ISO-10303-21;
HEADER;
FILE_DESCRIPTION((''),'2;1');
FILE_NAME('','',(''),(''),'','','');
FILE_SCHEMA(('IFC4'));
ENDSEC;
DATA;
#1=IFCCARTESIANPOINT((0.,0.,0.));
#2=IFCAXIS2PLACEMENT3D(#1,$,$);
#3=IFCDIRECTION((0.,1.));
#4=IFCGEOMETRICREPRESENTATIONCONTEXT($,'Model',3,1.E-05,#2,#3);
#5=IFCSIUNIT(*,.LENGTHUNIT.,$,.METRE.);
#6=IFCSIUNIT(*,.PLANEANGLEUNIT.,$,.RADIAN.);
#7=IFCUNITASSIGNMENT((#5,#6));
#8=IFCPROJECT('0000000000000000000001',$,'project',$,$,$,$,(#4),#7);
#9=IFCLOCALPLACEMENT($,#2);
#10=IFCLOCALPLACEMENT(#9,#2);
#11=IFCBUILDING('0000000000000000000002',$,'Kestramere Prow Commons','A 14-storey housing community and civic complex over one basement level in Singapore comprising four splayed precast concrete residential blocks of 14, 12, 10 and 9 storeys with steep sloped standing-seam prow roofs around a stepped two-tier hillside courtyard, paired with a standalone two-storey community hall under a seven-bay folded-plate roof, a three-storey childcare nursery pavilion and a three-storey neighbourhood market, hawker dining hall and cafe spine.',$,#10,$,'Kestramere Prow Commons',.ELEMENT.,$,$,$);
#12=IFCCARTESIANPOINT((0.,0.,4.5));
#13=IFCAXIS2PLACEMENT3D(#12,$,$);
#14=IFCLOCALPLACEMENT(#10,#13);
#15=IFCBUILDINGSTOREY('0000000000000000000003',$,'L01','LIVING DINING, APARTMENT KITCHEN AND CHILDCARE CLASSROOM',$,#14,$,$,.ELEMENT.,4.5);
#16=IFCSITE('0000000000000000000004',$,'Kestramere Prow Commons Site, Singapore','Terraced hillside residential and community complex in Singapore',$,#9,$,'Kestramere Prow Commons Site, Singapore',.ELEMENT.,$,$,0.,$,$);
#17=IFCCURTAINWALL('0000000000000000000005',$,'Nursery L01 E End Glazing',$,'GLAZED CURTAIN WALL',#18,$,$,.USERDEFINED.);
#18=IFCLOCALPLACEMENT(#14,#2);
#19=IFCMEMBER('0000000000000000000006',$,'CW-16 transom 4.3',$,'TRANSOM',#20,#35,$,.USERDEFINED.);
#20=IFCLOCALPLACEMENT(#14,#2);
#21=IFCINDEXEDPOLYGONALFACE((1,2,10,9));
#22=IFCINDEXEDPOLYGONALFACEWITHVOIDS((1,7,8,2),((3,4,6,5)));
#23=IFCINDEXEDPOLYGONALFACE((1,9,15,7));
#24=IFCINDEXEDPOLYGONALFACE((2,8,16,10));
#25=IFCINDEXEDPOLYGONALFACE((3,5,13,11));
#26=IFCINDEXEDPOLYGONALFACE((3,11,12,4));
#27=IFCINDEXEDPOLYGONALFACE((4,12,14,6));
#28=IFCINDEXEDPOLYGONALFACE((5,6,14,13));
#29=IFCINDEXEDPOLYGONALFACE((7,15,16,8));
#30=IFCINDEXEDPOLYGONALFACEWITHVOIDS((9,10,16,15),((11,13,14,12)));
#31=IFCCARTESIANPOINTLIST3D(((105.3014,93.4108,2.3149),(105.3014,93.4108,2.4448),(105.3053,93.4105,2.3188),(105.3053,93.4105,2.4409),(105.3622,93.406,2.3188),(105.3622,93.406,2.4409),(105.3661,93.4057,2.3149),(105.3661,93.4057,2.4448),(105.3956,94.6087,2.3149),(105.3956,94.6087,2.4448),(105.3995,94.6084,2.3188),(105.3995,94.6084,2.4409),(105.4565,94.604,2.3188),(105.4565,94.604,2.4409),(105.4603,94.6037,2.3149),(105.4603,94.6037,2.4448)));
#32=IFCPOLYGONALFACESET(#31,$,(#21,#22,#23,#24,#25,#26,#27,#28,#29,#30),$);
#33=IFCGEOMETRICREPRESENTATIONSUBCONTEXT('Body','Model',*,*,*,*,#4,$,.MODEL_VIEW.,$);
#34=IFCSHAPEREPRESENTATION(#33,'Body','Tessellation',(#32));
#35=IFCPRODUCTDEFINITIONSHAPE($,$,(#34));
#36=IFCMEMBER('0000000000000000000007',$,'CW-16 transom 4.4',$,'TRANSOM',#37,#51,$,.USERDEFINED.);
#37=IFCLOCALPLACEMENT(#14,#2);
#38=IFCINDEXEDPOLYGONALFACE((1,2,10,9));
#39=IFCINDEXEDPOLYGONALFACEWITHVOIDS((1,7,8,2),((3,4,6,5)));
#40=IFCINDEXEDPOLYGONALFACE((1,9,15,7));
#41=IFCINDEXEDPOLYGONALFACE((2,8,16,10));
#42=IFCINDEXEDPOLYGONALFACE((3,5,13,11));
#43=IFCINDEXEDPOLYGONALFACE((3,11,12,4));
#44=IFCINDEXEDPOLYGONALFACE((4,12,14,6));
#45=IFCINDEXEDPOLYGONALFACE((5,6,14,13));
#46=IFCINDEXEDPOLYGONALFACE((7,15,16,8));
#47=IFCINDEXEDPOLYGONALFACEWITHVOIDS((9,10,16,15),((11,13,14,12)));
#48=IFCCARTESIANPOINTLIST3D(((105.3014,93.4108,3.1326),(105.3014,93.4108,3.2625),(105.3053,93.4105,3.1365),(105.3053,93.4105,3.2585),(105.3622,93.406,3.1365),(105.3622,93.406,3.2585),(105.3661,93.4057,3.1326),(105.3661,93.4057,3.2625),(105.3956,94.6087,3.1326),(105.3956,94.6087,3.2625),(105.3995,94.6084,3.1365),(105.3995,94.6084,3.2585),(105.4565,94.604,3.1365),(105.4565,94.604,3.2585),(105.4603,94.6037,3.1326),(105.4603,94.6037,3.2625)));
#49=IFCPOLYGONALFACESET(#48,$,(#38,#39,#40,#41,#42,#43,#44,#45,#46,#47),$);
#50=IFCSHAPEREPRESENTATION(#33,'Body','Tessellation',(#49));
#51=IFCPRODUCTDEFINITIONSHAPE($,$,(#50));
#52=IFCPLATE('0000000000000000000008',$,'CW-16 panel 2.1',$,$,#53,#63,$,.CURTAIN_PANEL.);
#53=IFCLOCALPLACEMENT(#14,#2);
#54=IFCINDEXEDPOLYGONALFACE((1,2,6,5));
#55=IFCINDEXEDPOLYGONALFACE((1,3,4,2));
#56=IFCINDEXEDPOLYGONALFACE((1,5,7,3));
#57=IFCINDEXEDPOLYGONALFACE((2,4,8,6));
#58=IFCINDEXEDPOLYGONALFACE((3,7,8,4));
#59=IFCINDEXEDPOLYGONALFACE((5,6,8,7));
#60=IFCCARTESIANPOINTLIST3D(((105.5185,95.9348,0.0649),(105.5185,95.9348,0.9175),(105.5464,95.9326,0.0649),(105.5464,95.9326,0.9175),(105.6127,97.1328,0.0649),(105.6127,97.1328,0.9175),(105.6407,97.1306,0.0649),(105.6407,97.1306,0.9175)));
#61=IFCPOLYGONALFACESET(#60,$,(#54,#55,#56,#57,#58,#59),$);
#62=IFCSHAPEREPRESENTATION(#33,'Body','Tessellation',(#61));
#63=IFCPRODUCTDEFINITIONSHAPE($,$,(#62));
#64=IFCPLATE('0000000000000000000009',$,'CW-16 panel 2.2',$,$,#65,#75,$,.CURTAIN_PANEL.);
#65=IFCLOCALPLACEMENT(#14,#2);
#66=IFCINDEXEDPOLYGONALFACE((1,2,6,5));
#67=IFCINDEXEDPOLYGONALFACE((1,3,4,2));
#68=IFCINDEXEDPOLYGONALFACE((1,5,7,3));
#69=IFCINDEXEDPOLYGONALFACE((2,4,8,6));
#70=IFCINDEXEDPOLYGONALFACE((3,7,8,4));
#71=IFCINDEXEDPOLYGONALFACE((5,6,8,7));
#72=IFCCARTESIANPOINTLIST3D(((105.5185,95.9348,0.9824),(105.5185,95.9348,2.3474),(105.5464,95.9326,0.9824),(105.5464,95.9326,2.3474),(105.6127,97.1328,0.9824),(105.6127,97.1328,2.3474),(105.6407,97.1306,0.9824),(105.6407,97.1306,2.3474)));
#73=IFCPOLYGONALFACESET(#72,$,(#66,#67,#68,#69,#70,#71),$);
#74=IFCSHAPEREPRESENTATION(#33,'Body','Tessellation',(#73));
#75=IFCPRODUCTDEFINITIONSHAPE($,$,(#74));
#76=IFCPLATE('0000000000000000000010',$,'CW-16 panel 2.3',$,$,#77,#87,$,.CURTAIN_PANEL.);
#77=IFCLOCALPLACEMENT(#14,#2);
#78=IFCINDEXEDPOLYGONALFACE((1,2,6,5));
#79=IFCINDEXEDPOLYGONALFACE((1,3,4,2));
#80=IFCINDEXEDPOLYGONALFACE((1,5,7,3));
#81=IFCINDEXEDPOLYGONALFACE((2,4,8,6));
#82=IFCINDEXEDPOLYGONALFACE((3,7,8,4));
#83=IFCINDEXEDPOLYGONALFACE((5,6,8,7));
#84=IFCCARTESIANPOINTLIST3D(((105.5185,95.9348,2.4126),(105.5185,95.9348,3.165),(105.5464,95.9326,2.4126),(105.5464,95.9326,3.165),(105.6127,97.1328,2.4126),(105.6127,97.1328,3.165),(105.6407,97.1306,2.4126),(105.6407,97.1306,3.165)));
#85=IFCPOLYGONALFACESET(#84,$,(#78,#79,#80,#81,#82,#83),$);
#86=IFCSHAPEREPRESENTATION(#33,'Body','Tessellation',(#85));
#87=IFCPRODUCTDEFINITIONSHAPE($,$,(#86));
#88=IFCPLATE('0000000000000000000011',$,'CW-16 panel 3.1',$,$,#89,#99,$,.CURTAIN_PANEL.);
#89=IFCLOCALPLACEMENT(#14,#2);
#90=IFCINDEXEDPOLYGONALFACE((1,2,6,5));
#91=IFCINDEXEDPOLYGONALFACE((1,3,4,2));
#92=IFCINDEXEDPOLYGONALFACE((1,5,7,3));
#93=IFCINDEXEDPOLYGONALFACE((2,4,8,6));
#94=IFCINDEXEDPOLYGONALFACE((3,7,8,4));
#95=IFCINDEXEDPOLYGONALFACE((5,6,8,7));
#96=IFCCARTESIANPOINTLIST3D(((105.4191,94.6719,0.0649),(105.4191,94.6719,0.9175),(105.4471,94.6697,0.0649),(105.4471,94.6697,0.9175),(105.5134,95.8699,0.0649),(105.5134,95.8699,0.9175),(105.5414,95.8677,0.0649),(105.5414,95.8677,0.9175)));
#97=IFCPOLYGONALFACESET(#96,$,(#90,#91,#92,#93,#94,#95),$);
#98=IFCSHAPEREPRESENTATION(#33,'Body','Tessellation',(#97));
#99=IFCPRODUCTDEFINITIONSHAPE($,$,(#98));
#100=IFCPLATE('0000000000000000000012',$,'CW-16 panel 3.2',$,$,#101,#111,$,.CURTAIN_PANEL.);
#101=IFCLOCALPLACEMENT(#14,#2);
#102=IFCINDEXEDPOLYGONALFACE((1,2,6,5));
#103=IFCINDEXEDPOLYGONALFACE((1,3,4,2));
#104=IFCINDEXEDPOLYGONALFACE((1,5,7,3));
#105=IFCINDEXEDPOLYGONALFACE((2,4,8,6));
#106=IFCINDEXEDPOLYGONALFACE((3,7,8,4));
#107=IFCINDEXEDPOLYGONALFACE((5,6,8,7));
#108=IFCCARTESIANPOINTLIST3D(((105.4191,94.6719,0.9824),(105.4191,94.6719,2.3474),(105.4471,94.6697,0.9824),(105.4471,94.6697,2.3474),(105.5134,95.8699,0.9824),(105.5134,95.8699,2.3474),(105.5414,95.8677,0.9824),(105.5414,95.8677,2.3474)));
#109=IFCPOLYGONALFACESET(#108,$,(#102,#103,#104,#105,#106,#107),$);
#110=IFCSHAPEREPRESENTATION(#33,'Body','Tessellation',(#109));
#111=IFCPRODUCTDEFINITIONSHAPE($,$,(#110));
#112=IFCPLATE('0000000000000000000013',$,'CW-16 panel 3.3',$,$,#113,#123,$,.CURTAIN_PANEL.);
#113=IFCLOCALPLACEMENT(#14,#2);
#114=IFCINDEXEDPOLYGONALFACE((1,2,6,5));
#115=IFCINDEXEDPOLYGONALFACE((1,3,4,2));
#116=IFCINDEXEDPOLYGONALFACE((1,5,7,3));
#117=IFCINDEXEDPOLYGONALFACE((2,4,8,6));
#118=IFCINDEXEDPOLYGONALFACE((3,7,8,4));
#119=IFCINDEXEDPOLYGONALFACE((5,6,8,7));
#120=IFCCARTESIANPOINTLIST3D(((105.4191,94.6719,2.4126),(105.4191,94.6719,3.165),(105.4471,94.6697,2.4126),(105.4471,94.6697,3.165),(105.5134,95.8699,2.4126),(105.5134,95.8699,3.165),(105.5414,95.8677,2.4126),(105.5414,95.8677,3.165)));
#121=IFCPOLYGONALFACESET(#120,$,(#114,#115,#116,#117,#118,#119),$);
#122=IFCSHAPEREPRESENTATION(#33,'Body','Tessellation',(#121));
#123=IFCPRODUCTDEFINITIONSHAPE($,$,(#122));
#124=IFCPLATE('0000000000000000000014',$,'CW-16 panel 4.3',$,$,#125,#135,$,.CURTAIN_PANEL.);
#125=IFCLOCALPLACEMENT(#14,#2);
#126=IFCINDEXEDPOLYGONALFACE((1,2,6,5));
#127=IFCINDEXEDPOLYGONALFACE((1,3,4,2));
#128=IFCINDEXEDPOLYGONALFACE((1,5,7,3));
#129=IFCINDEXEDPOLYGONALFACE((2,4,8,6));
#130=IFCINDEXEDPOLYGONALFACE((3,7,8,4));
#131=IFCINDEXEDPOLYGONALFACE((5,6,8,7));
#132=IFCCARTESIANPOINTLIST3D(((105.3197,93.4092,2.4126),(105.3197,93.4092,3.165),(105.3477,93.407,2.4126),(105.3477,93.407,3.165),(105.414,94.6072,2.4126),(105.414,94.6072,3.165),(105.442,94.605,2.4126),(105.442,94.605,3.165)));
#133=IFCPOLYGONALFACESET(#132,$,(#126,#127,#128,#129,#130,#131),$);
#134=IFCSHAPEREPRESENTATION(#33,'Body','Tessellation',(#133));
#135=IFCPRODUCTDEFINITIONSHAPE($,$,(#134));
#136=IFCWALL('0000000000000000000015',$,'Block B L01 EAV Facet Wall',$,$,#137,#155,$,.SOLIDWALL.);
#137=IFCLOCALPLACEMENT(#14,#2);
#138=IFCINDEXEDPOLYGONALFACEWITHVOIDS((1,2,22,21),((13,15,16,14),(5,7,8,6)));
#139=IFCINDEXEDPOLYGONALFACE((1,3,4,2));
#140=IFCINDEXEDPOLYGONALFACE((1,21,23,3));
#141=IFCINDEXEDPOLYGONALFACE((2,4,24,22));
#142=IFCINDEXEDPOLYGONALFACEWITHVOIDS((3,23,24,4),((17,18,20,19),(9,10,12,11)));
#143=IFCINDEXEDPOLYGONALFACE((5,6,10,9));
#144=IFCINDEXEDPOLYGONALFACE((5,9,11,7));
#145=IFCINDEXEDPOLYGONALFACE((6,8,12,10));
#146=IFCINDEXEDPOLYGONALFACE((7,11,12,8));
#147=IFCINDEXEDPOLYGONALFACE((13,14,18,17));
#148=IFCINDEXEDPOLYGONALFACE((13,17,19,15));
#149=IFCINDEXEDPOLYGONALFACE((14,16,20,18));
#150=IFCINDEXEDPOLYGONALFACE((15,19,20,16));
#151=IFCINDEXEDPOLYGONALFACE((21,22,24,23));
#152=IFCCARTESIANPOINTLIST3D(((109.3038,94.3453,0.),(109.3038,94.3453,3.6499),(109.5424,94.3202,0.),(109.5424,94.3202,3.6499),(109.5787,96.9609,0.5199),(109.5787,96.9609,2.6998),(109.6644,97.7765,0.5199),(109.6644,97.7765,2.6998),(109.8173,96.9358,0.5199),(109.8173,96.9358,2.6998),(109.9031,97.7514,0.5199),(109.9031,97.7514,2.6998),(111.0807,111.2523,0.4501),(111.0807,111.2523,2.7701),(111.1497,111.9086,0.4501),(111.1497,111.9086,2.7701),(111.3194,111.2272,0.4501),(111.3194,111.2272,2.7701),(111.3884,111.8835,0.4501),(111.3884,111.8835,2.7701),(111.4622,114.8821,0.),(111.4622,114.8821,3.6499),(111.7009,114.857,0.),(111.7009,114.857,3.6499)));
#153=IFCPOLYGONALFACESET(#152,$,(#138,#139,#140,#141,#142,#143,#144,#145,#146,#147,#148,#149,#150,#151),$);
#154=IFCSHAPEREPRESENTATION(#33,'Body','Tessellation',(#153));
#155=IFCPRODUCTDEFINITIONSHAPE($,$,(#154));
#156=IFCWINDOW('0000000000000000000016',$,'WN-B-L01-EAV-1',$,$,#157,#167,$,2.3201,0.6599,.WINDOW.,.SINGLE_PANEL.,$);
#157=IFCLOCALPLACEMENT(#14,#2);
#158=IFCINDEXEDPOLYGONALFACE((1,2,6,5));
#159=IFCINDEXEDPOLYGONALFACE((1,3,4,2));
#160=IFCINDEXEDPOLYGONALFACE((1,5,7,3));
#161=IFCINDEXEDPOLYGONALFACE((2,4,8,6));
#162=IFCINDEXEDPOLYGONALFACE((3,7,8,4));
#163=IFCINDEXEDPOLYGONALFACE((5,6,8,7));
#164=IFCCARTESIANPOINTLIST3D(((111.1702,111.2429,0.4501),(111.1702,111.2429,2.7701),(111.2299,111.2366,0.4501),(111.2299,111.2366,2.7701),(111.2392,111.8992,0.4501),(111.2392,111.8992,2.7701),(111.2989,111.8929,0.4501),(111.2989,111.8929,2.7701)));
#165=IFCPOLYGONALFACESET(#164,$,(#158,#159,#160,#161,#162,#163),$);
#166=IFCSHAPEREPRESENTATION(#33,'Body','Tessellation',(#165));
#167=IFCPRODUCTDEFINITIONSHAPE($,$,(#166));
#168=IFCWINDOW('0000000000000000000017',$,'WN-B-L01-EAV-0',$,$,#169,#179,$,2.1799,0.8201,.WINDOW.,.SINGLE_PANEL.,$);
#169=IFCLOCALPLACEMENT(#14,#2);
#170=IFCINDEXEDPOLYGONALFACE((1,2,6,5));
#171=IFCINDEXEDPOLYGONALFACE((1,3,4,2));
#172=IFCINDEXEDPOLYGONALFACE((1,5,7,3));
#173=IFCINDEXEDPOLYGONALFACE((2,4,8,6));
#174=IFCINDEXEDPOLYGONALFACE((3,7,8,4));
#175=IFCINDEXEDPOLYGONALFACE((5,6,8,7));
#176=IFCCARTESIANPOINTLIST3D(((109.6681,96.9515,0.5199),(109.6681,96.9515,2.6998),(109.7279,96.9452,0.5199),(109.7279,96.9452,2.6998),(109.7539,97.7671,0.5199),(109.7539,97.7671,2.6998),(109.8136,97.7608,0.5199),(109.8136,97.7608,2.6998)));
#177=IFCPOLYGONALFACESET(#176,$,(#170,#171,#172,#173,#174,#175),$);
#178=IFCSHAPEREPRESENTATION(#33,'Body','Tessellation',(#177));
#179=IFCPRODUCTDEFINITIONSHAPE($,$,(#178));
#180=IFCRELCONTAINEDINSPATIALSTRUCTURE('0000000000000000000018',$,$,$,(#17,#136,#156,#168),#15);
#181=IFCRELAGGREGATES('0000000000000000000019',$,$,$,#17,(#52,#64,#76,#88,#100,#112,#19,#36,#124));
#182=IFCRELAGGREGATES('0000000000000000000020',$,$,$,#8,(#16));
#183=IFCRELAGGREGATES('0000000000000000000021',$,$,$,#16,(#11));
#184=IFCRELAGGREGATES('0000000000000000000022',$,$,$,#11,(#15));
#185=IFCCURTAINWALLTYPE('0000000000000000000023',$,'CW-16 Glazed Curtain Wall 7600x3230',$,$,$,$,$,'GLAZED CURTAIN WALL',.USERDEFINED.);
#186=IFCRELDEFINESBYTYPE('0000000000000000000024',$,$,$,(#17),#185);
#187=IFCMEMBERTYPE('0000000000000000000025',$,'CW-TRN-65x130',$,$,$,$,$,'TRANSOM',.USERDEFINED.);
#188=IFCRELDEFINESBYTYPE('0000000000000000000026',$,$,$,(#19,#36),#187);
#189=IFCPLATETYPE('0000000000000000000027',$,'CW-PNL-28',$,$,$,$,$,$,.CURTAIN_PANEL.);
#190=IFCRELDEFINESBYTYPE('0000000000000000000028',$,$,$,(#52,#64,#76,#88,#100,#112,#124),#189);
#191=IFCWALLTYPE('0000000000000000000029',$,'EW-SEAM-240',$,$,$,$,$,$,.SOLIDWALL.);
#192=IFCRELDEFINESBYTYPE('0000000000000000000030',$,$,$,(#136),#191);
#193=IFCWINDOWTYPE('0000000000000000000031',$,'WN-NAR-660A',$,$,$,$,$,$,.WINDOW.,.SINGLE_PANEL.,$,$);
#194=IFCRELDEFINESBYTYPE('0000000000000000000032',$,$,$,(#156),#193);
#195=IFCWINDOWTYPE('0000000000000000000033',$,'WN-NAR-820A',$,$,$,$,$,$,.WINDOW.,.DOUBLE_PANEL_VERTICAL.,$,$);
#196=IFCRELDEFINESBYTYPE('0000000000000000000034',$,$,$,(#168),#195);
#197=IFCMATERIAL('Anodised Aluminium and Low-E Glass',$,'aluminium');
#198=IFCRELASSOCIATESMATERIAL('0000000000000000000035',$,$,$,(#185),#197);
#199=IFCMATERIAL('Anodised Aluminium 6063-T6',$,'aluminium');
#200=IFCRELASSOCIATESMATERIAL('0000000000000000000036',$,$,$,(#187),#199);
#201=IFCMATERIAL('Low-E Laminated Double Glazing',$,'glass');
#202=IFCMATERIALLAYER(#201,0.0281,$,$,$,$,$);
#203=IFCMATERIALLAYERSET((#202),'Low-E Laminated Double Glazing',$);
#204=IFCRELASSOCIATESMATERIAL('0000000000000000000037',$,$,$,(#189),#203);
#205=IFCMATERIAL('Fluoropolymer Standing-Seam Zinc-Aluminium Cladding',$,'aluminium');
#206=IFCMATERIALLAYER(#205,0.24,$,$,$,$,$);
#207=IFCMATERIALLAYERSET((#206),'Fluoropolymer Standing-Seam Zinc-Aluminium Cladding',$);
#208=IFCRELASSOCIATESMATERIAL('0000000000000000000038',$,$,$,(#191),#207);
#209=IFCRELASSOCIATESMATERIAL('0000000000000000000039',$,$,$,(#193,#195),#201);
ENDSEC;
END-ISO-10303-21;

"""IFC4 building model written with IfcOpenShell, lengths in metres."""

from ifc_helpers import new_model, si_unit, direction, frame, frame_2d, origin, origin_2d, place, context, subcontext, project, spatial, rectangle, hollow_rectangle, extrude, material, layer, layer_set, material_profile, profile_set, type_object, element, fill, aggregate, save


model = new_model("IFC4")

# Units and contexts
model_context = context("Model", 3, precision=1e-05, world=origin(), true_north=direction((0.0, 1.0)))
body_context = subcontext(model_context, "Body", "Model", "MODEL_VIEW")
ifc_project = project(units=[si_unit("LENGTHUNIT", "METRE"), si_unit("PLANEANGLEUNIT", "RADIAN")], contexts=[model_context])

# Site, building, storey
site_placement = place(None, origin())
site = spatial("IfcSite", under=ifc_project, at=site_placement, Name="Kestramere Prow Commons Site, Singapore", Description="Terraced hillside residential and community complex in Singapore", LongName="Kestramere Prow Commons Site, Singapore", CompositionType="ELEMENT", RefElevation=0.0)
building_placement = place(site_placement, origin())
building = spatial("IfcBuilding", under=site, at=building_placement, Name="Kestramere Prow Commons", Description="A 14-storey housing community and civic complex over one basement level in Singapore comprising four splayed precast concrete residential blocks of 14, 12, 10 and 9 storeys with steep sloped standing-seam prow roofs around a stepped two-tier hillside courtyard, paired with a standalone two-storey community hall under a seven-bay folded-plate roof, a three-storey childcare nursery pavilion and a three-storey neighbourhood market, hawker dining hall and cafe spine.", LongName="Kestramere Prow Commons", CompositionType="ELEMENT")
storey_placement = place(building_placement, frame((0.0, 0.0, 4.5)))
storey = spatial("IfcBuildingStorey", under=building, at=storey_placement, Name="L01", Description="LIVING DINING, APARTMENT KITCHEN AND CHILDCARE CLASSROOM", CompositionType="ELEMENT", Elevation=4.5)

# Curtain wall, members, plates
ifc_material_1 = material(Name="Anodised Aluminium and Low-E Glass", Category="aluminium")
curtain_wall_type = type_object("IfcCurtainWallType", Name="CW-16 Glazed Curtain Wall 7600x3230", ElementType="GLAZED CURTAIN WALL", PredefinedType="USERDEFINED", material=ifc_material_1)
curtain_wall_placement = place(storey_placement, origin())
curtain_wall = element("IfcCurtainWall", 1, at=curtain_wall_placement, inside=storey, type_object=curtain_wall_type, Name="Nursery L01 E End Glazing", ObjectType="GLAZED CURTAIN WALL", PredefinedType="USERDEFINED")
ifc_material_2 = material(Name="Anodised Aluminium 6063-T6", Category="aluminium")
ifc_material_profile_1 = material_profile(ifc_material_2, hollow_rectangle(XDim=0.0649, YDim=0.1299, WallThickness=0.0039, at=origin_2d()), Name="ALU-TRN 65x130")
ifc_profile_set_1 = profile_set([ifc_material_profile_1], Name="Anodised Aluminium 6063-T6")
member_type_1 = type_object("IfcMemberType", Name="CW-TRN-65x130", ElementType="TRANSOM", PredefinedType="USERDEFINED", material=ifc_profile_set_1)
member_1_placement = place(storey_placement, frame((105.428, 94.6062, 2.3799), z_axis=(-0.078421, -0.99692, 0.0), x_axis=(0.99692, -0.078421, 0.0)))
member_1 = element("IfcMember", 2, at=member_1_placement, type_object=member_type_1, Name="CW-16 transom 4.3", ObjectType="TRANSOM", PredefinedType="USERDEFINED", context=body_context, shape_type="SweptSolid", body=[
    extrude(hollow_rectangle(XDim=0.0649, YDim=0.1299, WallThickness=0.0039, at=origin_2d()), origin(), (0.0, 0.0, 1.0), 1.2017),
])
member_2_placement = place(storey_placement, frame((105.428, 94.6062, 3.1975), z_axis=(-0.078421, -0.99692, 0.0), x_axis=(0.99692, -0.078421, 0.0)))
member_2 = element("IfcMember", 3, at=member_2_placement, type_object=member_type_1, Name="CW-16 transom 4.4", ObjectType="TRANSOM", PredefinedType="USERDEFINED", context=body_context, shape_type="SweptSolid", body=[
    extrude(hollow_rectangle(XDim=0.0649, YDim=0.1299, WallThickness=0.0039, at=origin_2d()), origin(), (0.0, 0.0, 1.0), 1.2017),
])
ifc_material_3 = material(Name="Low-E Laminated Double Glazing", Category="glass")
ifc_layer_1 = layer(ifc_material_3, 0.0281)
ifc_layer_set_1 = layer_set([ifc_layer_1], Name="Low-E Laminated Double Glazing")
plate_type = type_object("IfcPlateType", Name="CW-PNL-28", PredefinedType="CURTAIN_PANEL", material=ifc_layer_set_1)
plate_1_placement = place(storey_placement, frame((105.5796, 96.5327, 0.0649), z_axis=(0.0, 0.0, 1.0), x_axis=(-0.078459, -0.996917, 0.0)))
plate_1 = element("IfcPlate", 4, at=plate_1_placement, type_object=plate_type, Name="CW-16 panel 2.1", PredefinedType="CURTAIN_PANEL", context=body_context, shape_type="SweptSolid", body=[
    extrude(rectangle(XDim=1.2017, YDim=0.0281, at=origin_2d()), origin(), (0.0, 0.0, 1.0), 0.8525),
])
plate_2_placement = place(storey_placement, frame((105.5796, 96.5327, 0.9824), z_axis=(0.0, 0.0, 1.0), x_axis=(-0.078459, -0.996917, 0.0)))
plate_2 = element("IfcPlate", 5, at=plate_2_placement, type_object=plate_type, Name="CW-16 panel 2.2", PredefinedType="CURTAIN_PANEL", context=body_context, shape_type="SweptSolid", body=[
    extrude(rectangle(XDim=1.2017, YDim=0.0281, at=origin_2d()), origin(), (0.0, 0.0, 1.0), 1.365),
])
plate_3_placement = place(storey_placement, frame((105.5796, 96.5327, 2.4126), z_axis=(0.0, 0.0, 1.0), x_axis=(-0.078459, -0.996917, 0.0)))
plate_3 = element("IfcPlate", 6, at=plate_3_placement, type_object=plate_type, Name="CW-16 panel 2.3", PredefinedType="CURTAIN_PANEL", context=body_context, shape_type="SweptSolid", body=[
    extrude(rectangle(XDim=1.2017, YDim=0.0281, at=origin_2d()), origin(), (0.0, 0.0, 1.0), 0.7524),
])
plate_4_placement = place(storey_placement, frame((105.4802, 95.2698, 0.0649), z_axis=(0.0, 0.0, 1.0), x_axis=(-0.078459, -0.996917, 0.0)))
plate_4 = element("IfcPlate", 7, at=plate_4_placement, type_object=plate_type, Name="CW-16 panel 3.1", PredefinedType="CURTAIN_PANEL", context=body_context, shape_type="SweptSolid", body=[
    extrude(rectangle(XDim=1.2017, YDim=0.0281, at=origin_2d()), origin(), (0.0, 0.0, 1.0), 0.8525),
])
plate_5_placement = place(storey_placement, frame((105.4802, 95.2698, 0.9824), z_axis=(0.0, 0.0, 1.0), x_axis=(-0.078459, -0.996917, 0.0)))
plate_5 = element("IfcPlate", 8, at=plate_5_placement, type_object=plate_type, Name="CW-16 panel 3.2", PredefinedType="CURTAIN_PANEL", context=body_context, shape_type="SweptSolid", body=[
    extrude(rectangle(XDim=1.2017, YDim=0.0281, at=origin_2d()), origin(), (0.0, 0.0, 1.0), 1.365),
])
plate_6_placement = place(storey_placement, frame((105.4802, 95.2698, 2.4126), z_axis=(0.0, 0.0, 1.0), x_axis=(-0.078459, -0.996917, 0.0)))
plate_6 = element("IfcPlate", 9, at=plate_6_placement, type_object=plate_type, Name="CW-16 panel 3.3", PredefinedType="CURTAIN_PANEL", context=body_context, shape_type="SweptSolid", body=[
    extrude(rectangle(XDim=1.2017, YDim=0.0281, at=origin_2d()), origin(), (0.0, 0.0, 1.0), 0.7524),
])
plate_7_placement = place(storey_placement, frame((105.3809, 94.0071, 2.4126), z_axis=(0.0, 0.0, 1.0), x_axis=(-0.078459, -0.996917, 0.0)))
plate_7 = element("IfcPlate", 10, at=plate_7_placement, type_object=plate_type, Name="CW-16 panel 4.3", PredefinedType="CURTAIN_PANEL", context=body_context, shape_type="SweptSolid", body=[
    extrude(rectangle(XDim=1.2017, YDim=0.0281, at=origin_2d()), origin(), (0.0, 0.0, 1.0), 0.7524),
])
aggregate(curtain_wall, [plate_1, plate_2, plate_3, plate_4, plate_5, plate_6, member_1, member_2, plate_7])

# Wall, openings, windows
ifc_material_4 = material(Name="Fluoropolymer Standing-Seam Zinc-Aluminium Cladding", Category="aluminium")
ifc_layer_2 = layer(ifc_material_4, 0.24)
ifc_layer_set_2 = layer_set([ifc_layer_2], Name="Fluoropolymer Standing-Seam Zinc-Aluminium Cladding")
wall_type = type_object("IfcWallType", Name="EW-SEAM-240", PredefinedType="SOLIDWALL", material=ifc_layer_set_2)
wall_placement = place(storey_placement, frame((109.4231, 94.3328, 0.0), z_axis=(0.0, 0.0, 1.0), x_axis=(0.104525, 0.994522, 0.0)))
wall = element("IfcWall", 11, at=wall_placement, inside=storey, type_object=wall_type, Name="Block B L01 EAV Facet Wall", PredefinedType="SOLIDWALL", context=body_context, shape_type="SweptSolid", body=[
    extrude(rectangle(XDim=20.6499, YDim=0.24, at=frame_2d((10.325, 0.0))), origin(), (0.0, 0.0, 1.0), 3.6499),
])
opening_1_placement = place(wall_placement, frame((2.6299, 0.0, 0.52)))
opening_1 = element("IfcOpeningElement", 12, at=opening_1_placement, cuts=wall, PredefinedType="OPENING", context=body_context, shape_type="SweptSolid", body=[
    extrude(rectangle(XDim=0.8201, YDim=2.1799, at=frame_2d((0.4102, 1.0898))), frame((0.0, 0.135, 0.0), z_axis=(0.0, -1.0, 0.0), x_axis=(1.0, 0.0, 0.0)), (0.0, 0.0, 1.0), 0.27),
])
opening_2_placement = place(wall_placement, frame((17.0, 0.0, 0.45)))
opening_2 = element("IfcOpeningElement", 13, at=opening_2_placement, cuts=wall, PredefinedType="OPENING", context=body_context, shape_type="SweptSolid", body=[
    extrude(rectangle(XDim=0.6599, YDim=2.3201, at=frame_2d((0.3301, 1.1602))), frame((0.0, 0.135, 0.0), z_axis=(0.0, -1.0, 0.0), x_axis=(1.0, 0.0, 0.0)), (0.0, 0.0, 1.0), 0.27),
])
window_type_1 = type_object("IfcWindowType", Name="WN-NAR-660A", PartitioningType="SINGLE_PANEL", PredefinedType="WINDOW", material=ifc_material_3)
window_1_placement = place(opening_2_placement, origin())
window_1 = element("IfcWindow", 14, at=window_1_placement, inside=storey, type_object=window_type_1, Name="WN-B-L01-EAV-1", OverallHeight=2.3201, OverallWidth=0.6599, PartitioningType="SINGLE_PANEL", PredefinedType="WINDOW", context=body_context, shape_type="SweptSolid", body=[
    extrude(rectangle(XDim=0.6599, YDim=2.3201, at=frame_2d((0.3301, 1.1602))), frame((0.0, 0.03, 0.0), z_axis=(0.0, -1.0, 0.0), x_axis=(1.0, 0.0, 0.0)), (0.0, 0.0, 1.0), 0.0601),
])
fill(opening_2, window_1)
window_type_2 = type_object("IfcWindowType", Name="WN-NAR-820A", PartitioningType="DOUBLE_PANEL_VERTICAL", PredefinedType="WINDOW", material=ifc_material_3)
window_2_placement = place(opening_1_placement, origin())
window_2 = element("IfcWindow", 15, at=window_2_placement, inside=storey, type_object=window_type_2, Name="WN-B-L01-EAV-0", OverallHeight=2.1799, OverallWidth=0.8201, PartitioningType="SINGLE_PANEL", PredefinedType="WINDOW", context=body_context, shape_type="SweptSolid", body=[
    extrude(rectangle(XDim=0.8201, YDim=2.1799, at=frame_2d((0.4102, 1.0898))), frame((0.0, 0.03, 0.0), z_axis=(0.0, -1.0, 0.0), x_axis=(1.0, 0.0, 0.0)), (0.0, 0.0, 1.0), 0.0601),
])
fill(opening_1, window_2)

save(model, "model.ifc")
